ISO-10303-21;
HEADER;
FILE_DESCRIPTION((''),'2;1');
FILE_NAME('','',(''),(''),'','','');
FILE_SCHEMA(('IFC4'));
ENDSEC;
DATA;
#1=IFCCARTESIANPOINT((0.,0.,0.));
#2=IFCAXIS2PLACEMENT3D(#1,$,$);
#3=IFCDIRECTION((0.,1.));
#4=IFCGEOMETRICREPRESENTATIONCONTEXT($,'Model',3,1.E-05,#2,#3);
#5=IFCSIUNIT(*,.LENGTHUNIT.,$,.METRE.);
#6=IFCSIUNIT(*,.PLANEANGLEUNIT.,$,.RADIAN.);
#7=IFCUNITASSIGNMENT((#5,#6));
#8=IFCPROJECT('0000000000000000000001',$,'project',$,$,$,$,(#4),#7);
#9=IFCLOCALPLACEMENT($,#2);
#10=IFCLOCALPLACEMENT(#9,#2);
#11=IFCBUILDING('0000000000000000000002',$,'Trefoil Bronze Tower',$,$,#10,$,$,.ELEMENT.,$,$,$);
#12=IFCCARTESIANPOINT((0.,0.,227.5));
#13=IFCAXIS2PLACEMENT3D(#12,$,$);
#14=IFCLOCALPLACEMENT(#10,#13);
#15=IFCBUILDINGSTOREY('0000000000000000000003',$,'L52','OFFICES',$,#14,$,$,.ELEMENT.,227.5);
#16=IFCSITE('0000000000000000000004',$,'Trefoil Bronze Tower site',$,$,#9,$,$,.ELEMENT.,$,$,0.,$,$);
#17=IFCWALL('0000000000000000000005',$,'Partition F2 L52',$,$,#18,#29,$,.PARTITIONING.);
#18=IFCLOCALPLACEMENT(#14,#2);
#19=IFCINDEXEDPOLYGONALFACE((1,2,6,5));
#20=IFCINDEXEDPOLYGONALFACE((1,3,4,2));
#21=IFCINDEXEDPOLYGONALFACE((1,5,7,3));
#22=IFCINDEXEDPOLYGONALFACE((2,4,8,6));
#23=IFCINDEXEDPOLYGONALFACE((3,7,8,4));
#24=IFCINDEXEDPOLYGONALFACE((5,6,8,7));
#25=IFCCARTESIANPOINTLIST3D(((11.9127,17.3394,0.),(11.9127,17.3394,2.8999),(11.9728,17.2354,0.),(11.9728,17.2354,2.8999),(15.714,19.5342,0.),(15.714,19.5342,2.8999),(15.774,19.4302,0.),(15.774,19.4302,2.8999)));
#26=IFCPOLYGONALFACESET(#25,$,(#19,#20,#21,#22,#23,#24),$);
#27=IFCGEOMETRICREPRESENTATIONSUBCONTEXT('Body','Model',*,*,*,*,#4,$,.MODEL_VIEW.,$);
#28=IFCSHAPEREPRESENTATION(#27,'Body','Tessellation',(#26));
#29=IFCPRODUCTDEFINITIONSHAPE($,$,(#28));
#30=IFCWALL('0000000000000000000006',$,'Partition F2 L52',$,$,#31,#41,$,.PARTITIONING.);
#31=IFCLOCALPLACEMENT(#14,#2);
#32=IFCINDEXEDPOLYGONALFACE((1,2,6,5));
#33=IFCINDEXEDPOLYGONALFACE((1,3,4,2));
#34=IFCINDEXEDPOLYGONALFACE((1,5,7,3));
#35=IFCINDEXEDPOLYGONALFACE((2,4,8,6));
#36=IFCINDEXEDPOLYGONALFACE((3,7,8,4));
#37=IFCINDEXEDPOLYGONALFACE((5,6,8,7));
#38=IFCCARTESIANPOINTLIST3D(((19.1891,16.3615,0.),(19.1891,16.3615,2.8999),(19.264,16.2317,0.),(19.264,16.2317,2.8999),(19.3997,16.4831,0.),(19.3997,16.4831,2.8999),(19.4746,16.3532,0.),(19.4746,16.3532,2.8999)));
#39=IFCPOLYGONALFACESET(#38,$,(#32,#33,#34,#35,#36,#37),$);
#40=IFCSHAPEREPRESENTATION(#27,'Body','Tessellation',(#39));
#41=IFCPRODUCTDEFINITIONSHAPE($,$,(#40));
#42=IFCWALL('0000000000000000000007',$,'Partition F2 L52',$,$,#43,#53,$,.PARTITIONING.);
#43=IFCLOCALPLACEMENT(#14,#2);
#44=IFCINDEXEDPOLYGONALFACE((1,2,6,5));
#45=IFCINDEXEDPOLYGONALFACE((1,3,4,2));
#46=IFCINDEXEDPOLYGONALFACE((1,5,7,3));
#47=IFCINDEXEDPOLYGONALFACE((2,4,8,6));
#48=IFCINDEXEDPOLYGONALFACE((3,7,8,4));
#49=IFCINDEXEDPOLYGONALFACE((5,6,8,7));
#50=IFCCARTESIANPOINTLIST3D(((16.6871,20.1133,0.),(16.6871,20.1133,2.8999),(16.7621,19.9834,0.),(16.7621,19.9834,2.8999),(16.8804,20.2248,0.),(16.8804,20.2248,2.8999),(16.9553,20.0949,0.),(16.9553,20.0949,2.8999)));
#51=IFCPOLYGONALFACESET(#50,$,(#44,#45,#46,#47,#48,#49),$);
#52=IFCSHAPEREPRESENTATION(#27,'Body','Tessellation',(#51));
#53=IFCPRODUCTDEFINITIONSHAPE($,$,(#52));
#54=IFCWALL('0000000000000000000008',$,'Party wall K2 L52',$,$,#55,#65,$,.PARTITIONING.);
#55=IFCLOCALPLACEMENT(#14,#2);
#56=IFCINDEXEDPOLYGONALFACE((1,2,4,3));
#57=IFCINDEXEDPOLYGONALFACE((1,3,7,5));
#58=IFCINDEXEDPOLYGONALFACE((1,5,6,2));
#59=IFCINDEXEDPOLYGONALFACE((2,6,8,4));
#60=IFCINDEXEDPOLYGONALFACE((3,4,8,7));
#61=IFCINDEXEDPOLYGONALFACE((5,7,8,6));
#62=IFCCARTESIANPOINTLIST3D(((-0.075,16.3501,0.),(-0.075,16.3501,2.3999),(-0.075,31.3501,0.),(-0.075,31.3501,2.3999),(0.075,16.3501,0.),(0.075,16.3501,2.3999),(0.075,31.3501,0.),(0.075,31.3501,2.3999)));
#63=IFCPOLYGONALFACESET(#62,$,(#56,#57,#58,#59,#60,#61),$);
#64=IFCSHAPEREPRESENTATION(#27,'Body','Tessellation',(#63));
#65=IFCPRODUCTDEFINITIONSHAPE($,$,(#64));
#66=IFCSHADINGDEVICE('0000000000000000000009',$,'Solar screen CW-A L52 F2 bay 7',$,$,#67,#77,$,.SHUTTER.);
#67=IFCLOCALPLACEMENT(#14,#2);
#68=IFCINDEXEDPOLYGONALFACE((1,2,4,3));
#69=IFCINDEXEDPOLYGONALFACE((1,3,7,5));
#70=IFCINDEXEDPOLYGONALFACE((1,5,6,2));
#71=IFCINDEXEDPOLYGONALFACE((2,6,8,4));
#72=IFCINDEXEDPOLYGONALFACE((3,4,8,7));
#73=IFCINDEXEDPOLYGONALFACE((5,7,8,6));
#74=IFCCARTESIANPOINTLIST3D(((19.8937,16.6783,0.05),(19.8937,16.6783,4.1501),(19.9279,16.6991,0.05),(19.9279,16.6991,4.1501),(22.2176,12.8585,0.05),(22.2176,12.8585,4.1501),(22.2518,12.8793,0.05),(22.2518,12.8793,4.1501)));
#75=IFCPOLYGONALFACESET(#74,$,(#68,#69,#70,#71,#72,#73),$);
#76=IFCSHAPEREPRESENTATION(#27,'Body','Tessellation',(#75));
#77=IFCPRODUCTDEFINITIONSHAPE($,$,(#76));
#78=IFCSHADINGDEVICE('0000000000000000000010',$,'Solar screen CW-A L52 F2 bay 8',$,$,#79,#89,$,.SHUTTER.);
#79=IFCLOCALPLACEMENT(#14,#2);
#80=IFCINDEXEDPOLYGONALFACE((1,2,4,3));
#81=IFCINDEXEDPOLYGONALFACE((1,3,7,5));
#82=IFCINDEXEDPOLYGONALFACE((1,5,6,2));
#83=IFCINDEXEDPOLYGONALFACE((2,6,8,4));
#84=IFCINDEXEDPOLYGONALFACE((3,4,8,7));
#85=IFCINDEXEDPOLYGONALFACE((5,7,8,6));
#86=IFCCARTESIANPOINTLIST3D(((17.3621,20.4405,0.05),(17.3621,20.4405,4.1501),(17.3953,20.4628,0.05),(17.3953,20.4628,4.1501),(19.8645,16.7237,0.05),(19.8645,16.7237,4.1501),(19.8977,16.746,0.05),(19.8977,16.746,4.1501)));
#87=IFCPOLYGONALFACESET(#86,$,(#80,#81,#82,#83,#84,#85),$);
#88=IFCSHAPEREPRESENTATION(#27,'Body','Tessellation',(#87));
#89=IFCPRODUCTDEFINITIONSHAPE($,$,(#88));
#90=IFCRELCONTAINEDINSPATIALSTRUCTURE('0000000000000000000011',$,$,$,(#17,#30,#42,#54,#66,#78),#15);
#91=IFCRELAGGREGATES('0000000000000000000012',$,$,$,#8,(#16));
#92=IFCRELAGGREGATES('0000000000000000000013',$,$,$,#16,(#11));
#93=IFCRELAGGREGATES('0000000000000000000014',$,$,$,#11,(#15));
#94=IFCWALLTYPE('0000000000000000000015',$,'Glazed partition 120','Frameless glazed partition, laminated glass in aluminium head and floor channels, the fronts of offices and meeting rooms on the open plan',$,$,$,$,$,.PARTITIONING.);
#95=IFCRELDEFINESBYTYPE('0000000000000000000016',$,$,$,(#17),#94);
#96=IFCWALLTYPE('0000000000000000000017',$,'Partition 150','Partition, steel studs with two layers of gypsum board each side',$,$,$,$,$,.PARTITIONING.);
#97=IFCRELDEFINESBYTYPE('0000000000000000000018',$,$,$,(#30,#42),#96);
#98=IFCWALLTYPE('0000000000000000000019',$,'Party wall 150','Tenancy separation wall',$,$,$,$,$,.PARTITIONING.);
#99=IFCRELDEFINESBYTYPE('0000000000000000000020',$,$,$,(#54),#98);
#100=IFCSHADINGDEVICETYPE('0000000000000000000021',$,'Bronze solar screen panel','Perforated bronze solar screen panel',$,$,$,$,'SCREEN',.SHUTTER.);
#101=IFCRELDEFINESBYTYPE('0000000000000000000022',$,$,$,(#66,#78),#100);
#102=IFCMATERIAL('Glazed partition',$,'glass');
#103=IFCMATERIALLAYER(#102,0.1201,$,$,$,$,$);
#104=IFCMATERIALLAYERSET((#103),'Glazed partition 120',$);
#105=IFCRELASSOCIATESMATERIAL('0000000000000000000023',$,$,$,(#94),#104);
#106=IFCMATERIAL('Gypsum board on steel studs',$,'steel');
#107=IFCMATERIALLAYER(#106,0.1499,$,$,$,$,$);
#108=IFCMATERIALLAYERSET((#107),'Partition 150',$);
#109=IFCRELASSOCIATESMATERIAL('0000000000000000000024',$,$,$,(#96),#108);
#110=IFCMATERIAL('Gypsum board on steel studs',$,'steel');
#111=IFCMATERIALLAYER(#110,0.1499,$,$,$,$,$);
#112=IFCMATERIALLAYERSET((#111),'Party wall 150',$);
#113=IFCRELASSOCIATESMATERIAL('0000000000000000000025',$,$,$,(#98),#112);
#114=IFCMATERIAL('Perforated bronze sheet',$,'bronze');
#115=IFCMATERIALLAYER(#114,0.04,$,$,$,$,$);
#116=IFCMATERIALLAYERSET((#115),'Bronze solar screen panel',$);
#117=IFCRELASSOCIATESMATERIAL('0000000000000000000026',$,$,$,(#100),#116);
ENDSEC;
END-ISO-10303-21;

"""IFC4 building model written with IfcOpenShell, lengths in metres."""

from ifc_helpers import new_model, si_unit, direction, frame, frame_2d, origin, origin_2d, place, context, subcontext, project, spatial, rectangle, extrude, material, layer, layer_set, type_object, element, save


model = new_model("IFC4")

# Units and contexts
model_context = context("Model", 3, precision=1e-05, world=origin(), true_north=direction((0.0, 1.0)))
body_context = subcontext(model_context, "Body", "Model", "MODEL_VIEW")
ifc_project = project(units=[si_unit("LENGTHUNIT", "METRE"), si_unit("PLANEANGLEUNIT", "RADIAN")], contexts=[model_context])

# Site, building, storey
site_placement = place(None, origin())
site = spatial("IfcSite", under=ifc_project, at=site_placement, Name="Trefoil Bronze Tower site", CompositionType="ELEMENT", RefElevation=0.0)
building_placement = place(site_placement, origin())
building = spatial("IfcBuilding", under=site, at=building_placement, Name="Trefoil Bronze Tower", CompositionType="ELEMENT")
storey_placement = place(building_placement, frame((0.0, 0.0, 227.5)))
storey = spatial("IfcBuildingStorey", under=building, at=storey_placement, Name="L52", Description="OFFICES", CompositionType="ELEMENT", Elevation=227.5)

# Shared definitions
ifc_material_1 = material(Name="Glazed partition", Category="glass")
ifc_layer_1 = layer(ifc_material_1, 0.1201)
ifc_layer_set_1 = layer_set([ifc_layer_1], Name="Glazed partition 120")
wall_type_1 = type_object("IfcWallType", Name="Glazed partition 120", Description="Frameless glazed partition, laminated glass in aluminium head and floor channels, the fronts of offices and meeting rooms on the open plan", PredefinedType="PARTITIONING", material=ifc_layer_set_1)

# Walls
wall_1_placement = place(storey_placement, frame((11.9426, 17.2874, 0.0), z_axis=(0.0, 0.0, 1.0), x_axis=(0.86601, 0.500027, 0.0)))
element("IfcWall", 1, at=wall_1_placement, inside=storey, type_object=wall_type_1, Name="Partition F2 L52", PredefinedType="PARTITIONING", context=body_context, shape_type="SweptSolid", body=[
    extrude(rectangle(XDim=4.3894, YDim=0.1201, at=frame_2d((2.1948, 0.0))), origin(), (0.0, 0.0, 1.0), 2.8999),
])
ifc_material_2 = material(Name="Gypsum board on steel studs", Category="steel")
ifc_layer_2 = layer(ifc_material_2, 0.1499)
ifc_layer_set_2 = layer_set([ifc_layer_2], Name="Partition 150")
wall_type_2 = type_object("IfcWallType", Name="Partition 150", Description="Partition, steel studs with two layers of gypsum board each side", PredefinedType="PARTITIONING", material=ifc_layer_set_2)
wall_2_placement = place(storey_placement, frame((19.2266, 16.2966, 0.0), z_axis=(0.0, 0.0, 1.0), x_axis=(0.866135, 0.499809, 0.0)))
element("IfcWall", 2, at=wall_2_placement, inside=storey, type_object=wall_type_2, Name="Partition F2 L52", PredefinedType="PARTITIONING", context=body_context, shape_type="SweptSolid", body=[
    extrude(rectangle(XDim=0.2432, YDim=0.1499, at=frame_2d((0.1216, 0.0))), origin(), (0.0, 0.0, 1.0), 2.8999),
])
wall_3_placement = place(storey_placement, frame((16.7246, 20.0483, 0.0), z_axis=(0.0, 0.0, 1.0), x_axis=(0.866149, 0.499786, 0.0)))
element("IfcWall", 3, at=wall_3_placement, inside=storey, type_object=wall_type_2, Name="Partition F2 L52", PredefinedType="PARTITIONING", context=body_context, shape_type="SweptSolid", body=[
    extrude(rectangle(XDim=0.2231, YDim=0.1499, at=frame_2d((0.1116, 0.0))), origin(), (0.0, 0.0, 1.0), 2.8999),
])
ifc_material_3 = material(Name="Gypsum board on steel studs", Category="steel")
ifc_layer_3 = layer(ifc_material_3, 0.1499)
ifc_layer_set_3 = layer_set([ifc_layer_3], Name="Party wall 150")
wall_type_3 = type_object("IfcWallType", Name="Party wall 150", Description="Tenancy separation wall", PredefinedType="PARTITIONING", material=ifc_layer_set_3)
wall_4_placement = place(storey_placement, frame((0.0, 16.3501, 0.0), z_axis=(0.0, 0.0, 1.0), x_axis=(0.0, 1.0, 0.0)))
element("IfcWall", 4, at=wall_4_placement, inside=storey, type_object=wall_type_3, Name="Party wall K2 L52", PredefinedType="PARTITIONING", context=body_context, shape_type="SweptSolid", body=[
    extrude(rectangle(XDim=15.0, YDim=0.1499, at=frame_2d((7.5, 0.0))), origin(), (0.0, 0.0, 1.0), 2.3999),
])

# Shading devices
ifc_material_4 = material(Name="Perforated bronze sheet", Category="bronze")
ifc_layer_4 = layer(ifc_material_4, 0.04)
ifc_layer_set_4 = layer_set([ifc_layer_4], Name="Bronze solar screen panel")
shading_device_type = type_object("IfcShadingDeviceType", Name="Bronze solar screen panel", Description="Perforated bronze solar screen panel", ElementType="SCREEN", PredefinedType="SHUTTER", material=ifc_layer_set_4)
shading_device_1_placement = place(storey_placement, frame((21.0728, 14.7788, 0.05), z_axis=(0.0, 0.0, 1.0), x_axis=(-0.519762, 0.854311, 0.0)))
element("IfcShadingDevice", 5, at=shading_device_1_placement, inside=storey, type_object=shading_device_type, Name="Solar screen CW-A L52 F2 bay 7", PredefinedType="SHUTTER", context=body_context, shape_type="SweptSolid", body=[
    extrude(rectangle(XDim=4.4712, YDim=0.04, at=origin_2d()), origin(), (0.0, 0.0, 1.0), 4.1001),
])
shading_device_2_placement = place(storey_placement, frame((18.6299, 18.5933, 0.05), z_axis=(0.0, 0.0, 1.0), x_axis=(-0.558493, 0.829509, 0.0)))
element("IfcShadingDevice", 6, at=shading_device_2_placement, inside=storey, type_object=shading_device_type, Name="Solar screen CW-A L52 F2 bay 8", PredefinedType="SHUTTER", context=body_context, shape_type="SweptSolid", body=[
    extrude(rectangle(XDim=4.4807, YDim=0.04, at=origin_2d()), origin(), (0.0, 0.0, 1.0), 4.1001),
])

save(model, "model.ifc")
